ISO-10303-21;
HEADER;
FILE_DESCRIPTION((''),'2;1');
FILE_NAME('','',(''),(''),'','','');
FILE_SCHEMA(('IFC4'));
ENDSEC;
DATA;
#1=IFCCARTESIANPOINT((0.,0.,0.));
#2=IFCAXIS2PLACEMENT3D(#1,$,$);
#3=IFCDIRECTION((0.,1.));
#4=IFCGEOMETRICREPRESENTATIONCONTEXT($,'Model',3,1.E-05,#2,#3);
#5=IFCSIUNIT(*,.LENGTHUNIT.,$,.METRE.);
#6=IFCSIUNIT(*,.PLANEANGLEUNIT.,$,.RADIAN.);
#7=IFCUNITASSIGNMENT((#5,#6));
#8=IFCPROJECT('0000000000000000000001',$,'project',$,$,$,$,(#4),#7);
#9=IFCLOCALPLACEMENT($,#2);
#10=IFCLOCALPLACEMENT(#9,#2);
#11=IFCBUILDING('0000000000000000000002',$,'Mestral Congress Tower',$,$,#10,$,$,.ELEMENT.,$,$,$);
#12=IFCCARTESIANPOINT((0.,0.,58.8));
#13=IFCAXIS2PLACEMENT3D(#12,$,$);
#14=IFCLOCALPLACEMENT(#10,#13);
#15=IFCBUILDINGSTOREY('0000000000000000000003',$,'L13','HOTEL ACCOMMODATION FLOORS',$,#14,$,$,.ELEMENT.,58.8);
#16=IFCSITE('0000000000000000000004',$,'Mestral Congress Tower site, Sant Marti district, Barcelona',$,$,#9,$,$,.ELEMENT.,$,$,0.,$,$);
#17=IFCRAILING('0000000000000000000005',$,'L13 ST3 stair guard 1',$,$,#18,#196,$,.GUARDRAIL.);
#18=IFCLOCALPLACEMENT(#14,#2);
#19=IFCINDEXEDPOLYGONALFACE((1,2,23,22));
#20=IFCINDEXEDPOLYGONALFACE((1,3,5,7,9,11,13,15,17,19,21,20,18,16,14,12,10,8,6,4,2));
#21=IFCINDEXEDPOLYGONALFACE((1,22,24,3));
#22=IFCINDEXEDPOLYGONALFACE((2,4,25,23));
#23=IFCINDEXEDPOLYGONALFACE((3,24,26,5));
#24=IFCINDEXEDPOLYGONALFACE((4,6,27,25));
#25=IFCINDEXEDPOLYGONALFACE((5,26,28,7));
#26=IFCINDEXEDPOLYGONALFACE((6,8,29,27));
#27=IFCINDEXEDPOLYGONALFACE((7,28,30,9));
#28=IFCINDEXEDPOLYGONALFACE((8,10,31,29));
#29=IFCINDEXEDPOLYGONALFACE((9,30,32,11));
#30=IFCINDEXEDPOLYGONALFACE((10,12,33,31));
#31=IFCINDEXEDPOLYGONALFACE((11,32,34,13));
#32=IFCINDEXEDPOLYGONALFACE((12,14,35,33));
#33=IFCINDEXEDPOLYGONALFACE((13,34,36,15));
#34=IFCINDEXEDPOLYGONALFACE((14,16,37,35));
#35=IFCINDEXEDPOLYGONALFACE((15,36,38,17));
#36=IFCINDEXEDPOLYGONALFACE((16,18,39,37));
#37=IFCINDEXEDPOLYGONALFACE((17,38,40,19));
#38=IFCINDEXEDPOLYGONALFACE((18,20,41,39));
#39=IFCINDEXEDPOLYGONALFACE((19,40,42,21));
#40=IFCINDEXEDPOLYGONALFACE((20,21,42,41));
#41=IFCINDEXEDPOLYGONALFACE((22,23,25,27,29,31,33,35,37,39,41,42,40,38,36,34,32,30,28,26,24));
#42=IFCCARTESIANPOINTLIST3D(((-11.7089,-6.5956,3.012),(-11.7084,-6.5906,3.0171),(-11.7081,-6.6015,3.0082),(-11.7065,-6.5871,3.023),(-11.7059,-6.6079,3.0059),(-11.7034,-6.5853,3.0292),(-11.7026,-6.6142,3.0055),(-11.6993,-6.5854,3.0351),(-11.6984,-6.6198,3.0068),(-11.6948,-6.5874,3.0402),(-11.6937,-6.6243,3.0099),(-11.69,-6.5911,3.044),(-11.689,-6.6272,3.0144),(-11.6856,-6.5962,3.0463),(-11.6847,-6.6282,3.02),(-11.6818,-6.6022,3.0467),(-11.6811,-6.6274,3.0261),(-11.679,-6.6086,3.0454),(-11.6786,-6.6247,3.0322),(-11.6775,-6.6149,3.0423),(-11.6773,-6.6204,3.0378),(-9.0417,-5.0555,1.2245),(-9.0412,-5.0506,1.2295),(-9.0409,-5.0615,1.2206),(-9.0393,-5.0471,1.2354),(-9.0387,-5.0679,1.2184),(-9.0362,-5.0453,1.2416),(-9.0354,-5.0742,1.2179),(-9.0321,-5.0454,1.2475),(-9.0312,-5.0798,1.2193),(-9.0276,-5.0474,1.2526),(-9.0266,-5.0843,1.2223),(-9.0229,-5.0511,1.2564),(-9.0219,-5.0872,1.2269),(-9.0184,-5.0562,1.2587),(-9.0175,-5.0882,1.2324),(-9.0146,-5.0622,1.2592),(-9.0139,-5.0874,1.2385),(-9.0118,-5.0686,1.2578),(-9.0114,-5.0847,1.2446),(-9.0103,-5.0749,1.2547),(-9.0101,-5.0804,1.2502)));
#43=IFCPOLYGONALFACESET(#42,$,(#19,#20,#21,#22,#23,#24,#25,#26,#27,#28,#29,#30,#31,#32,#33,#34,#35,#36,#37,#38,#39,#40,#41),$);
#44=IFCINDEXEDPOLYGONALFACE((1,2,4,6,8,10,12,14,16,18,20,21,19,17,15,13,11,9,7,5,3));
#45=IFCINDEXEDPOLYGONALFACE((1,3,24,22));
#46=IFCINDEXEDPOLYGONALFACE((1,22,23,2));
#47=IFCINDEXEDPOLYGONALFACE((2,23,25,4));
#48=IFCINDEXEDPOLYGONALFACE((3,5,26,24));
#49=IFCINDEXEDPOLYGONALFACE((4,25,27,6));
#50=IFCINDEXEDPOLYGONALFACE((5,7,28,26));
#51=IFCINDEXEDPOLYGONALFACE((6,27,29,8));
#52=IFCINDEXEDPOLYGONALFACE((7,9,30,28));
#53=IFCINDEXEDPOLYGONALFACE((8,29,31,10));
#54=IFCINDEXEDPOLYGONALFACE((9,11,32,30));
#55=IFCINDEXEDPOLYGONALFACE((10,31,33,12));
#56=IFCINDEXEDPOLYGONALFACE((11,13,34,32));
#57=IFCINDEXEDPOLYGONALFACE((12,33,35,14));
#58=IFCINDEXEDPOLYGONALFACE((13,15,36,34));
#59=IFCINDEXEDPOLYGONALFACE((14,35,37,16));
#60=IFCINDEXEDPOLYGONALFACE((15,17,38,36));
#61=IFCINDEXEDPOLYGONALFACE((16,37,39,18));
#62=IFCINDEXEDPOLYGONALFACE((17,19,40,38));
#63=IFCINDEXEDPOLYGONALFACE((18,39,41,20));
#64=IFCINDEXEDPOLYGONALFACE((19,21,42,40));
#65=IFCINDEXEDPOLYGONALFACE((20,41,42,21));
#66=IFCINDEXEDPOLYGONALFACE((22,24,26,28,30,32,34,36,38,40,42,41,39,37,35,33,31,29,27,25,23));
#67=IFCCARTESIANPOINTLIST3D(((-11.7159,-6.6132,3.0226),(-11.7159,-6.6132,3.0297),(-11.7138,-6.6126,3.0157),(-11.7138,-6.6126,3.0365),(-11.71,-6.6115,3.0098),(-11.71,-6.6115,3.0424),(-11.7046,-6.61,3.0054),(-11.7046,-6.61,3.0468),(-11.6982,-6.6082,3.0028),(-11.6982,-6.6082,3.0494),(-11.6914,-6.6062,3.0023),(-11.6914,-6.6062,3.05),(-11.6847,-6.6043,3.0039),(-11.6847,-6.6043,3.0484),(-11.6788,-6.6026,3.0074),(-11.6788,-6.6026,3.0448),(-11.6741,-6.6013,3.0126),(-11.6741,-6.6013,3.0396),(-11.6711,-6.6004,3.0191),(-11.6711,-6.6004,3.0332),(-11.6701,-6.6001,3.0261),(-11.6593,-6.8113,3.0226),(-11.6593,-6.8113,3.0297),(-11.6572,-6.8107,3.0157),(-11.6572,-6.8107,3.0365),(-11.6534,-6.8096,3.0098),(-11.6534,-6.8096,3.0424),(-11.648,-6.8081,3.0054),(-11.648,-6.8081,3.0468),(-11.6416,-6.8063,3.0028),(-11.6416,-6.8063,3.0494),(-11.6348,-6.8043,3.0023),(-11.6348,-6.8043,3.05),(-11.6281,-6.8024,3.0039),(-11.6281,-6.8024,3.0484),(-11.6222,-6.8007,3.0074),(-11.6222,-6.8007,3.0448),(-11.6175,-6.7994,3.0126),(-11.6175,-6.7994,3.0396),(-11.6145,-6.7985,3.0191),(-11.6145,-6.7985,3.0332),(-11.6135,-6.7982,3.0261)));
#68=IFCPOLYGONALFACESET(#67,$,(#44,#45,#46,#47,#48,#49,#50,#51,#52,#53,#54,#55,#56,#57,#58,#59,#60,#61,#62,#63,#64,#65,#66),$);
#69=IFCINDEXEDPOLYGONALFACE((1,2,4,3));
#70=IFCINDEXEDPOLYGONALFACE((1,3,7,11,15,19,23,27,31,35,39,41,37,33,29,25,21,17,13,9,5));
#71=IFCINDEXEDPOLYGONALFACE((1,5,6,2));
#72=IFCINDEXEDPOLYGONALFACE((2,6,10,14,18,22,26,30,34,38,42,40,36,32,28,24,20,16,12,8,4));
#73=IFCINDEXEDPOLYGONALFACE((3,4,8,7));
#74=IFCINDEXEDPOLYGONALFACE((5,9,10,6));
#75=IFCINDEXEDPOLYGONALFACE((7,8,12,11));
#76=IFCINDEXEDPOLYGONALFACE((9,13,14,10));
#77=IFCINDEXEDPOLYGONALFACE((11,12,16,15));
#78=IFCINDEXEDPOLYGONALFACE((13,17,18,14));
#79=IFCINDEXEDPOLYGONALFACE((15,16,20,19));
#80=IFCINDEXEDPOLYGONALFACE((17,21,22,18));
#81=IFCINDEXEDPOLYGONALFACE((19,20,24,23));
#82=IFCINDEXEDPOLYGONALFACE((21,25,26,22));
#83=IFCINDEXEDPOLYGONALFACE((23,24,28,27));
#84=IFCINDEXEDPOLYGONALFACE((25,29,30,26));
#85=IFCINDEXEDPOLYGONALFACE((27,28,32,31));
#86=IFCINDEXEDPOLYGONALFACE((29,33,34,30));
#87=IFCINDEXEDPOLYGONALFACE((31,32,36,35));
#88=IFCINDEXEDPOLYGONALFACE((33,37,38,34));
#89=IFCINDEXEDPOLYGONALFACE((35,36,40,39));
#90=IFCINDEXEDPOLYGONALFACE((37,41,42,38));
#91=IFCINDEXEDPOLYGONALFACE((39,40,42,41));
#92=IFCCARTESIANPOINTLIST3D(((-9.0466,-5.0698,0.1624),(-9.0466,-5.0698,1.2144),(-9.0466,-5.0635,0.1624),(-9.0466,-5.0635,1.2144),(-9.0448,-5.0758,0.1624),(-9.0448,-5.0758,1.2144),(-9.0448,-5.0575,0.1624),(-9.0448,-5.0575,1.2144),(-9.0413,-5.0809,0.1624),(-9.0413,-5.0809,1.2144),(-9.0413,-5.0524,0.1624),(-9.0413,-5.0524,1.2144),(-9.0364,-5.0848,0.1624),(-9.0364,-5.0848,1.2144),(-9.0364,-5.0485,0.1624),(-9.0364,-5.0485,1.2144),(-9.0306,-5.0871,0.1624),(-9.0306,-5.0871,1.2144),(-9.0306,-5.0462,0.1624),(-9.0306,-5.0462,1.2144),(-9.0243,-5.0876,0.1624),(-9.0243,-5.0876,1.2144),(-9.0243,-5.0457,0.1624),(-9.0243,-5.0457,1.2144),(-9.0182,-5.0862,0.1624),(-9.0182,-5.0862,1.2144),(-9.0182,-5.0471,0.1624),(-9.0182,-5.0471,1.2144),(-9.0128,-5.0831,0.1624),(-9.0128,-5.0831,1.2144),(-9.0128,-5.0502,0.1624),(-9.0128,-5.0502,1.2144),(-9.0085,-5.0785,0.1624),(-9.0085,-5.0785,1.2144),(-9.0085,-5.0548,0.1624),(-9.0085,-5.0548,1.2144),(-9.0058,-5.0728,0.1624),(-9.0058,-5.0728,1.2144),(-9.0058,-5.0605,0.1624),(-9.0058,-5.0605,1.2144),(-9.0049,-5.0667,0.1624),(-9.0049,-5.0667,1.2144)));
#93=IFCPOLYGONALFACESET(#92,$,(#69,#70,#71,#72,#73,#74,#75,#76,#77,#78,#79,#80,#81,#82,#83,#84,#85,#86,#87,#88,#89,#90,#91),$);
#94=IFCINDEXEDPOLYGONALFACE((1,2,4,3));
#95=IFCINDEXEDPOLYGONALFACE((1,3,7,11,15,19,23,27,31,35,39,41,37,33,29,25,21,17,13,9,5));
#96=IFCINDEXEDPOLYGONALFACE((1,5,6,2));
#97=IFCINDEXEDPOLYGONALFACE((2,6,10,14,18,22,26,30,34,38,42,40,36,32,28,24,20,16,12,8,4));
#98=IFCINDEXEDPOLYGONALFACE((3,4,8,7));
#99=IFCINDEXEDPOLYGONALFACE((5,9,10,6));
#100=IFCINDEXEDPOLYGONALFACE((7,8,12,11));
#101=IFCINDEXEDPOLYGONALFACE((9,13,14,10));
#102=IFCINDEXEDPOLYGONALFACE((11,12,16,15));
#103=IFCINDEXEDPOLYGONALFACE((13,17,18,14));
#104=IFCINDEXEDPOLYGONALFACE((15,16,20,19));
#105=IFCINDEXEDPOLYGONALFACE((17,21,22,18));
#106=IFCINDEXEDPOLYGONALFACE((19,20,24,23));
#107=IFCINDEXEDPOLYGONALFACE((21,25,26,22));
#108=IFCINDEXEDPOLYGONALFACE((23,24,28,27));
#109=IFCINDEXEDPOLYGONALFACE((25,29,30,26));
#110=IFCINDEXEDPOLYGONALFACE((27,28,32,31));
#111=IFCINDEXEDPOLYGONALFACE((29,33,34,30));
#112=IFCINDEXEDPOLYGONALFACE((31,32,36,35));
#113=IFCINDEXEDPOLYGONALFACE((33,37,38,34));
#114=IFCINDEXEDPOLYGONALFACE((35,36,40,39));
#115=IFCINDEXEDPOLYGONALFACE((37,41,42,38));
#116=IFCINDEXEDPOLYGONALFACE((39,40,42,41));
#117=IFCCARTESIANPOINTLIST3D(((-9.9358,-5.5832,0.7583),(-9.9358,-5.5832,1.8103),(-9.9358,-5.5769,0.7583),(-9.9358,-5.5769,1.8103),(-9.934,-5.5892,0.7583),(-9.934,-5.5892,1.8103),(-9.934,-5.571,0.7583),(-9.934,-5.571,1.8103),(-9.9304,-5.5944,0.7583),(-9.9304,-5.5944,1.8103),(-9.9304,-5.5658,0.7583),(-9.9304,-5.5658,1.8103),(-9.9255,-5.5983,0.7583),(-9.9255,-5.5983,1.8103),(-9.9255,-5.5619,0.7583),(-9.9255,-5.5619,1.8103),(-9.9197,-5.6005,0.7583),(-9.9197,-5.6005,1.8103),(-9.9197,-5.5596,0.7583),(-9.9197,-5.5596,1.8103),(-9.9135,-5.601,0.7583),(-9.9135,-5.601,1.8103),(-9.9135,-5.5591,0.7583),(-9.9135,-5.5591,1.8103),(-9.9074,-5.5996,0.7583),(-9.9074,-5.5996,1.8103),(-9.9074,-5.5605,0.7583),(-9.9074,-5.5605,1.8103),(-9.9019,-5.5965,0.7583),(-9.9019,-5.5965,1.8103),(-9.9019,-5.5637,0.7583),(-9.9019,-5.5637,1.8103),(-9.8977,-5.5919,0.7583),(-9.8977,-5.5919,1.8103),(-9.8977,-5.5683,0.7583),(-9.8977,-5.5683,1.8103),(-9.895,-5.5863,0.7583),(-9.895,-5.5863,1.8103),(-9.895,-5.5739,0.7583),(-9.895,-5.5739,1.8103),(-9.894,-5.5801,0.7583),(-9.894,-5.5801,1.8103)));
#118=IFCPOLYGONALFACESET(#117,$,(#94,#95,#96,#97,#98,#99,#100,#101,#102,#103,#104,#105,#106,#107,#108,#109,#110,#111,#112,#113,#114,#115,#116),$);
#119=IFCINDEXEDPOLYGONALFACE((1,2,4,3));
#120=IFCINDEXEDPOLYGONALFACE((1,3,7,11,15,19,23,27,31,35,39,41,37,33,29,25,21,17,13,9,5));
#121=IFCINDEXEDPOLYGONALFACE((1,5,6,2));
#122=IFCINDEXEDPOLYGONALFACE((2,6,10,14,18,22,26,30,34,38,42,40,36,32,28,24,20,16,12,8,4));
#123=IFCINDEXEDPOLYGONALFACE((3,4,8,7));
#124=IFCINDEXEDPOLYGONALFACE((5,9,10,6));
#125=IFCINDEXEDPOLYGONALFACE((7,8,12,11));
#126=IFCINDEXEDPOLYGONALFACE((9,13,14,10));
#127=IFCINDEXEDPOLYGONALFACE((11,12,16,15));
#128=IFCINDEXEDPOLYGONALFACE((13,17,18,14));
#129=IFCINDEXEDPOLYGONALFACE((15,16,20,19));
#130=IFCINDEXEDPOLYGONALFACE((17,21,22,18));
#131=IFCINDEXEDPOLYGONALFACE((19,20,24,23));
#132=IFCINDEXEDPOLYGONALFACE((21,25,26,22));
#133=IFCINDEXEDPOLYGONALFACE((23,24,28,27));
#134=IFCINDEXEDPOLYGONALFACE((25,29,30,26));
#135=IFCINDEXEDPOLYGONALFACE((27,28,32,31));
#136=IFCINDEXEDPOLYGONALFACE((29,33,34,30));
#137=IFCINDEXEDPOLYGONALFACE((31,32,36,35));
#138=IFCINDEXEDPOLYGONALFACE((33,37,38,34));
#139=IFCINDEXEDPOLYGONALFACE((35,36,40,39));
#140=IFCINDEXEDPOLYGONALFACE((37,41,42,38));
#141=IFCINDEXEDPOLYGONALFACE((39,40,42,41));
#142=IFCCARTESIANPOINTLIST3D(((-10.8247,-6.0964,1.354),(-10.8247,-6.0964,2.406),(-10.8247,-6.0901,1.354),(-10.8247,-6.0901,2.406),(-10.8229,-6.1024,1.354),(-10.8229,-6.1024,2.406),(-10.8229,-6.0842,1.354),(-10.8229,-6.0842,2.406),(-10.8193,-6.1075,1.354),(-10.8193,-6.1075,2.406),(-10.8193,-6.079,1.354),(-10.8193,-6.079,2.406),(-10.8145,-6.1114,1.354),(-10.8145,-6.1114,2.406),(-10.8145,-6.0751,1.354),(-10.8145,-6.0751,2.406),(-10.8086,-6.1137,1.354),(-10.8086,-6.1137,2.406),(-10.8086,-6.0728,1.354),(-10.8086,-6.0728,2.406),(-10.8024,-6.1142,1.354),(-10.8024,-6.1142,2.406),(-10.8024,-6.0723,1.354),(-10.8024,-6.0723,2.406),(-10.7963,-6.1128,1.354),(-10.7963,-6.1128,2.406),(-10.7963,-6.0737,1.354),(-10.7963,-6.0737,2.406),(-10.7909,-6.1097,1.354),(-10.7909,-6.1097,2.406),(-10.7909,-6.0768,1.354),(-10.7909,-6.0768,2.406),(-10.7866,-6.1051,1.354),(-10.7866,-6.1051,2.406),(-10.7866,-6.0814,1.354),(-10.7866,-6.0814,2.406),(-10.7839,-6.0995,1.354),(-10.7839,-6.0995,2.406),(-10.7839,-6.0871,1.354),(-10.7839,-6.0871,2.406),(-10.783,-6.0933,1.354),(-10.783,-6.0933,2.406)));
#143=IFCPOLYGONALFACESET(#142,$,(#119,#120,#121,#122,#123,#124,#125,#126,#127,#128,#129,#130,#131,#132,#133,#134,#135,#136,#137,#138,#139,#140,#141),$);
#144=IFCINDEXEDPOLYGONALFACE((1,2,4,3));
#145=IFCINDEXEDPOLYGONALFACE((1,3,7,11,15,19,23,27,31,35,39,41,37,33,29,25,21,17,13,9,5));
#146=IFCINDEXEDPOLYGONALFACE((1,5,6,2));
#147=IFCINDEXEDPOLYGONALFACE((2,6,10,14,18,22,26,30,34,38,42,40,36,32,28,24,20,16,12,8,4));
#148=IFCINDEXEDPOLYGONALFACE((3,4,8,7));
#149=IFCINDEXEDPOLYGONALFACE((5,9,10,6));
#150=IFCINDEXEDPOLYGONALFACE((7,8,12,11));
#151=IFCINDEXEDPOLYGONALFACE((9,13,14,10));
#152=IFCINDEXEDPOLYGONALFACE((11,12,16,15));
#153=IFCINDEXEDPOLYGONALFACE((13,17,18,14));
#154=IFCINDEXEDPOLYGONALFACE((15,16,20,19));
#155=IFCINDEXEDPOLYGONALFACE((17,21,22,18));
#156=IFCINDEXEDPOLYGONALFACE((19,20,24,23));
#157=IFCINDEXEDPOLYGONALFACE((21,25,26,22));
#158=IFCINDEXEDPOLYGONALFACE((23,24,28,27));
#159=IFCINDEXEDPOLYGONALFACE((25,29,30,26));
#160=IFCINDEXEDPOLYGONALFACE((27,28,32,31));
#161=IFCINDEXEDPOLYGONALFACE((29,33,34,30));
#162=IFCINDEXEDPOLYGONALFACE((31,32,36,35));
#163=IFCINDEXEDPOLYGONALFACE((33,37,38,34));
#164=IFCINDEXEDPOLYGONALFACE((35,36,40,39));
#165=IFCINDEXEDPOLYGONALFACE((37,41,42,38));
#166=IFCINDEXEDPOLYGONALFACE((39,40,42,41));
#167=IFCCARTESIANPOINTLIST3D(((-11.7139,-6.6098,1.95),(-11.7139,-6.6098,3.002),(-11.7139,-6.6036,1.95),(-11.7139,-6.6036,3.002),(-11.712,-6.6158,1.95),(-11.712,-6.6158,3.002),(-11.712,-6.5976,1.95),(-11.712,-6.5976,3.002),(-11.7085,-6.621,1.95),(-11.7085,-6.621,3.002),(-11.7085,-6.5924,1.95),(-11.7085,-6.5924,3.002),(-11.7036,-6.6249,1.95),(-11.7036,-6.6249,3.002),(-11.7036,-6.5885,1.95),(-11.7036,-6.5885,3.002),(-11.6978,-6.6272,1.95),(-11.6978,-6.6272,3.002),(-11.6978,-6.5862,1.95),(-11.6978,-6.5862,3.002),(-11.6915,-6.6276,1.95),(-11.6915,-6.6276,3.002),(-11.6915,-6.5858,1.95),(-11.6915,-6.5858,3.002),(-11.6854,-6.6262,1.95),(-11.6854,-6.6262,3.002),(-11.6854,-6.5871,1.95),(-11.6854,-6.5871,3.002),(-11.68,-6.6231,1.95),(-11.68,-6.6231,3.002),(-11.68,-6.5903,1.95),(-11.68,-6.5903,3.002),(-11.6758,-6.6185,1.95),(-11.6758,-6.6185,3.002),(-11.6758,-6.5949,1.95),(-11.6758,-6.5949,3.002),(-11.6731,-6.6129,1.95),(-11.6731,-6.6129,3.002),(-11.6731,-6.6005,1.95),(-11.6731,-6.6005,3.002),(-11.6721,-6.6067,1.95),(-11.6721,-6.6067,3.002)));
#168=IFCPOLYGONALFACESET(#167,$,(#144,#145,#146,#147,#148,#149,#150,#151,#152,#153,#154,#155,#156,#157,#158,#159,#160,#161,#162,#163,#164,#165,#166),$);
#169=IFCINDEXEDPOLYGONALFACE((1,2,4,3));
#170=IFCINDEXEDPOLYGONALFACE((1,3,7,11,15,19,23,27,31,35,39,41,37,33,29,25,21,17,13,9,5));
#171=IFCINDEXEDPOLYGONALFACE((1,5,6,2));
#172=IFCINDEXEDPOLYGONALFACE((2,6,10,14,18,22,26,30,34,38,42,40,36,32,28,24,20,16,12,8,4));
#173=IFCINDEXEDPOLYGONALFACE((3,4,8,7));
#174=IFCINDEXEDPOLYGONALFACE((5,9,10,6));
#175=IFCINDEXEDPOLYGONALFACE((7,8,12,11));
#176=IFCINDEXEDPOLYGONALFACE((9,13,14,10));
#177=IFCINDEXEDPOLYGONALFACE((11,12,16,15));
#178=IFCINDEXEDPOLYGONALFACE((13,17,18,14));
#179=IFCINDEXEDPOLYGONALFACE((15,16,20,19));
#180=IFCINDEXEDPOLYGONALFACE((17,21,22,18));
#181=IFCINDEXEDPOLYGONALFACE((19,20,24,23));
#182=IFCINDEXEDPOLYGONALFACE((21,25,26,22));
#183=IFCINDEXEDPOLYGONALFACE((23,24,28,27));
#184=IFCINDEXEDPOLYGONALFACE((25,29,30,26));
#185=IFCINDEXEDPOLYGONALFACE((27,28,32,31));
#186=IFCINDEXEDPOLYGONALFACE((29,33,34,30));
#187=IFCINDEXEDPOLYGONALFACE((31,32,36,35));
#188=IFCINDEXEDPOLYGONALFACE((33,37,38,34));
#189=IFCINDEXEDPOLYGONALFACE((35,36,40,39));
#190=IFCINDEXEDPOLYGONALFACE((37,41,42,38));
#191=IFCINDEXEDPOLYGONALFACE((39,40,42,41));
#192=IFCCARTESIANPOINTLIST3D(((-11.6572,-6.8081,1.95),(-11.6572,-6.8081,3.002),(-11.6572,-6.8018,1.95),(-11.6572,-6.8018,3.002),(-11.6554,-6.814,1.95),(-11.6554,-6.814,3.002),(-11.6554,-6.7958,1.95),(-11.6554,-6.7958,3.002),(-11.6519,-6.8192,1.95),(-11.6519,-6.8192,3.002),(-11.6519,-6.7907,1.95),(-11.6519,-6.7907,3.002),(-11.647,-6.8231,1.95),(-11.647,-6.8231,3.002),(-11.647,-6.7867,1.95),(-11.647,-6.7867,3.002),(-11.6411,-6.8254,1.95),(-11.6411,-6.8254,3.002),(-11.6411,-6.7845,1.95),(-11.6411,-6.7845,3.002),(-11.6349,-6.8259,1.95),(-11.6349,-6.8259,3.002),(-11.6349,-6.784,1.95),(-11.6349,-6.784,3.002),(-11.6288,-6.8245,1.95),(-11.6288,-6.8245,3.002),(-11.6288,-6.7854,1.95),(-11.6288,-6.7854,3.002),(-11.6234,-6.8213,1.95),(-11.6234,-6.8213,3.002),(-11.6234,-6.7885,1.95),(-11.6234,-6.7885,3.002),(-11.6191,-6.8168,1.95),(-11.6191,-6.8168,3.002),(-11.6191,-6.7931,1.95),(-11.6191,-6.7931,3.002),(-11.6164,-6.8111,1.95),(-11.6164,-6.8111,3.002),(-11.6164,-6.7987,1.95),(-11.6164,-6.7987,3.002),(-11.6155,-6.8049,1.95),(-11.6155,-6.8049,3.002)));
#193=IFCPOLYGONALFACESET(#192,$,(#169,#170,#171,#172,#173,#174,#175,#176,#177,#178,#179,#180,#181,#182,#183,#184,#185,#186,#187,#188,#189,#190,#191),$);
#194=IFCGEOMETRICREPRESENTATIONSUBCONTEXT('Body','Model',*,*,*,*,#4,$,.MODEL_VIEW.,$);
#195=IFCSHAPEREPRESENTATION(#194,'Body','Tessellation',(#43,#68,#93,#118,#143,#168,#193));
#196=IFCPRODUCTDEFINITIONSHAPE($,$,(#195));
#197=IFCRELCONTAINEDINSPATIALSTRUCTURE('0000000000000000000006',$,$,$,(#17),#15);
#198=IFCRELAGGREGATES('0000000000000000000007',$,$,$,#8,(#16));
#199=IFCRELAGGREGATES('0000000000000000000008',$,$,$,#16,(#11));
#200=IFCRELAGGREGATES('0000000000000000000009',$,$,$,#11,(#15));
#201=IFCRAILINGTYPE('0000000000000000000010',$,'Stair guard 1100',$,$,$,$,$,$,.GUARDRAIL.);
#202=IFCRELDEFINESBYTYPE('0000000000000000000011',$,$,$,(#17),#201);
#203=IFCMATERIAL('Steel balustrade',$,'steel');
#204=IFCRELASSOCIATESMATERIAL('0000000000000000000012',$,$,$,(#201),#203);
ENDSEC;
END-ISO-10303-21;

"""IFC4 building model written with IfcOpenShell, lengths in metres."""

from ifc_helpers import new_model, si_unit, direction, frame, origin, origin_2d, place, context, subcontext, project, spatial, circle, extrude, material, type_object, element, save


model = new_model("IFC4")

# Units and contexts
model_context = context("Model", 3, precision=1e-05, world=origin(), true_north=direction((0.0, 1.0)))
body_context = subcontext(model_context, "Body", "Model", "MODEL_VIEW")
ifc_project = project(units=[si_unit("LENGTHUNIT", "METRE"), si_unit("PLANEANGLEUNIT", "RADIAN")], contexts=[model_context])

# Site, building, storey
site_placement = place(None, origin())
site = spatial("IfcSite", under=ifc_project, at=site_placement, Name="Mestral Congress Tower site, Sant Marti district, Barcelona", CompositionType="ELEMENT", RefElevation=0.0)
building_placement = place(site_placement, origin())
building = spatial("IfcBuilding", under=site, at=building_placement, Name="Mestral Congress Tower", CompositionType="ELEMENT")
storey_placement = place(building_placement, frame((0.0, 0.0, 58.8)))
storey = spatial("IfcBuildingStorey", under=building, at=storey_placement, Name="L13", Description="HOTEL ACCOMMODATION FLOORS", CompositionType="ELEMENT", Elevation=58.8)

# Railing
ifc_material_1 = material(Name="Steel balustrade", Category="steel")
railing_type_1 = type_object("IfcRailingType", Name="Stair guard 1100", PredefinedType="GUARDRAIL", material=ifc_material_1)
railing_1_placement = place(storey_placement, frame((-9.0259, -5.0667, 0.1624)))
element("IfcRailing", 1, at=railing_1_placement, inside=storey, type_object=railing_type_1, Name="L13 ST3 stair guard 1", PredefinedType="GUARDRAIL", context=body_context, shape_type="SweptSolid", body=[
    extrude(circle(Radius=0.0239, at=origin_2d()), frame((0.0, 0.0, 1.0762), z_axis=(-0.748994, -0.432463, 0.50198), x_axis=(0.500027, -0.86601, 0.0)), (0.0, 0.0, 1.0), 3.561),
    extrude(circle(Radius=0.0239, at=origin_2d()), frame((-2.6672, -1.54, 2.8638), z_axis=(0.274721, -0.961524, 0.0), x_axis=(0.961524, 0.274721, 0.0)), (0.0, 0.0, 1.0), 0.2061),
    extrude(circle(Radius=0.021, at=origin_2d()), origin(), (0.0, 0.0, 1.0), 1.052),
    extrude(circle(Radius=0.021, at=origin_2d()), frame((-0.8892, -0.5134, 0.5959)), (0.0, 0.0, 1.0), 1.052),
    extrude(circle(Radius=0.021, at=origin_2d()), frame((-1.7781, -1.0266, 1.1917)), (0.0, 0.0, 1.0), 1.052),
    extrude(circle(Radius=0.021, at=origin_2d()), frame((-2.6672, -1.54, 1.7876)), (0.0, 0.0, 1.0), 1.052),
    extrude(circle(Radius=0.021, at=origin_2d()), frame((-2.6106, -1.7383, 1.7876)), (0.0, 0.0, 1.0), 1.052),
])

save(model, "model.ifc")
